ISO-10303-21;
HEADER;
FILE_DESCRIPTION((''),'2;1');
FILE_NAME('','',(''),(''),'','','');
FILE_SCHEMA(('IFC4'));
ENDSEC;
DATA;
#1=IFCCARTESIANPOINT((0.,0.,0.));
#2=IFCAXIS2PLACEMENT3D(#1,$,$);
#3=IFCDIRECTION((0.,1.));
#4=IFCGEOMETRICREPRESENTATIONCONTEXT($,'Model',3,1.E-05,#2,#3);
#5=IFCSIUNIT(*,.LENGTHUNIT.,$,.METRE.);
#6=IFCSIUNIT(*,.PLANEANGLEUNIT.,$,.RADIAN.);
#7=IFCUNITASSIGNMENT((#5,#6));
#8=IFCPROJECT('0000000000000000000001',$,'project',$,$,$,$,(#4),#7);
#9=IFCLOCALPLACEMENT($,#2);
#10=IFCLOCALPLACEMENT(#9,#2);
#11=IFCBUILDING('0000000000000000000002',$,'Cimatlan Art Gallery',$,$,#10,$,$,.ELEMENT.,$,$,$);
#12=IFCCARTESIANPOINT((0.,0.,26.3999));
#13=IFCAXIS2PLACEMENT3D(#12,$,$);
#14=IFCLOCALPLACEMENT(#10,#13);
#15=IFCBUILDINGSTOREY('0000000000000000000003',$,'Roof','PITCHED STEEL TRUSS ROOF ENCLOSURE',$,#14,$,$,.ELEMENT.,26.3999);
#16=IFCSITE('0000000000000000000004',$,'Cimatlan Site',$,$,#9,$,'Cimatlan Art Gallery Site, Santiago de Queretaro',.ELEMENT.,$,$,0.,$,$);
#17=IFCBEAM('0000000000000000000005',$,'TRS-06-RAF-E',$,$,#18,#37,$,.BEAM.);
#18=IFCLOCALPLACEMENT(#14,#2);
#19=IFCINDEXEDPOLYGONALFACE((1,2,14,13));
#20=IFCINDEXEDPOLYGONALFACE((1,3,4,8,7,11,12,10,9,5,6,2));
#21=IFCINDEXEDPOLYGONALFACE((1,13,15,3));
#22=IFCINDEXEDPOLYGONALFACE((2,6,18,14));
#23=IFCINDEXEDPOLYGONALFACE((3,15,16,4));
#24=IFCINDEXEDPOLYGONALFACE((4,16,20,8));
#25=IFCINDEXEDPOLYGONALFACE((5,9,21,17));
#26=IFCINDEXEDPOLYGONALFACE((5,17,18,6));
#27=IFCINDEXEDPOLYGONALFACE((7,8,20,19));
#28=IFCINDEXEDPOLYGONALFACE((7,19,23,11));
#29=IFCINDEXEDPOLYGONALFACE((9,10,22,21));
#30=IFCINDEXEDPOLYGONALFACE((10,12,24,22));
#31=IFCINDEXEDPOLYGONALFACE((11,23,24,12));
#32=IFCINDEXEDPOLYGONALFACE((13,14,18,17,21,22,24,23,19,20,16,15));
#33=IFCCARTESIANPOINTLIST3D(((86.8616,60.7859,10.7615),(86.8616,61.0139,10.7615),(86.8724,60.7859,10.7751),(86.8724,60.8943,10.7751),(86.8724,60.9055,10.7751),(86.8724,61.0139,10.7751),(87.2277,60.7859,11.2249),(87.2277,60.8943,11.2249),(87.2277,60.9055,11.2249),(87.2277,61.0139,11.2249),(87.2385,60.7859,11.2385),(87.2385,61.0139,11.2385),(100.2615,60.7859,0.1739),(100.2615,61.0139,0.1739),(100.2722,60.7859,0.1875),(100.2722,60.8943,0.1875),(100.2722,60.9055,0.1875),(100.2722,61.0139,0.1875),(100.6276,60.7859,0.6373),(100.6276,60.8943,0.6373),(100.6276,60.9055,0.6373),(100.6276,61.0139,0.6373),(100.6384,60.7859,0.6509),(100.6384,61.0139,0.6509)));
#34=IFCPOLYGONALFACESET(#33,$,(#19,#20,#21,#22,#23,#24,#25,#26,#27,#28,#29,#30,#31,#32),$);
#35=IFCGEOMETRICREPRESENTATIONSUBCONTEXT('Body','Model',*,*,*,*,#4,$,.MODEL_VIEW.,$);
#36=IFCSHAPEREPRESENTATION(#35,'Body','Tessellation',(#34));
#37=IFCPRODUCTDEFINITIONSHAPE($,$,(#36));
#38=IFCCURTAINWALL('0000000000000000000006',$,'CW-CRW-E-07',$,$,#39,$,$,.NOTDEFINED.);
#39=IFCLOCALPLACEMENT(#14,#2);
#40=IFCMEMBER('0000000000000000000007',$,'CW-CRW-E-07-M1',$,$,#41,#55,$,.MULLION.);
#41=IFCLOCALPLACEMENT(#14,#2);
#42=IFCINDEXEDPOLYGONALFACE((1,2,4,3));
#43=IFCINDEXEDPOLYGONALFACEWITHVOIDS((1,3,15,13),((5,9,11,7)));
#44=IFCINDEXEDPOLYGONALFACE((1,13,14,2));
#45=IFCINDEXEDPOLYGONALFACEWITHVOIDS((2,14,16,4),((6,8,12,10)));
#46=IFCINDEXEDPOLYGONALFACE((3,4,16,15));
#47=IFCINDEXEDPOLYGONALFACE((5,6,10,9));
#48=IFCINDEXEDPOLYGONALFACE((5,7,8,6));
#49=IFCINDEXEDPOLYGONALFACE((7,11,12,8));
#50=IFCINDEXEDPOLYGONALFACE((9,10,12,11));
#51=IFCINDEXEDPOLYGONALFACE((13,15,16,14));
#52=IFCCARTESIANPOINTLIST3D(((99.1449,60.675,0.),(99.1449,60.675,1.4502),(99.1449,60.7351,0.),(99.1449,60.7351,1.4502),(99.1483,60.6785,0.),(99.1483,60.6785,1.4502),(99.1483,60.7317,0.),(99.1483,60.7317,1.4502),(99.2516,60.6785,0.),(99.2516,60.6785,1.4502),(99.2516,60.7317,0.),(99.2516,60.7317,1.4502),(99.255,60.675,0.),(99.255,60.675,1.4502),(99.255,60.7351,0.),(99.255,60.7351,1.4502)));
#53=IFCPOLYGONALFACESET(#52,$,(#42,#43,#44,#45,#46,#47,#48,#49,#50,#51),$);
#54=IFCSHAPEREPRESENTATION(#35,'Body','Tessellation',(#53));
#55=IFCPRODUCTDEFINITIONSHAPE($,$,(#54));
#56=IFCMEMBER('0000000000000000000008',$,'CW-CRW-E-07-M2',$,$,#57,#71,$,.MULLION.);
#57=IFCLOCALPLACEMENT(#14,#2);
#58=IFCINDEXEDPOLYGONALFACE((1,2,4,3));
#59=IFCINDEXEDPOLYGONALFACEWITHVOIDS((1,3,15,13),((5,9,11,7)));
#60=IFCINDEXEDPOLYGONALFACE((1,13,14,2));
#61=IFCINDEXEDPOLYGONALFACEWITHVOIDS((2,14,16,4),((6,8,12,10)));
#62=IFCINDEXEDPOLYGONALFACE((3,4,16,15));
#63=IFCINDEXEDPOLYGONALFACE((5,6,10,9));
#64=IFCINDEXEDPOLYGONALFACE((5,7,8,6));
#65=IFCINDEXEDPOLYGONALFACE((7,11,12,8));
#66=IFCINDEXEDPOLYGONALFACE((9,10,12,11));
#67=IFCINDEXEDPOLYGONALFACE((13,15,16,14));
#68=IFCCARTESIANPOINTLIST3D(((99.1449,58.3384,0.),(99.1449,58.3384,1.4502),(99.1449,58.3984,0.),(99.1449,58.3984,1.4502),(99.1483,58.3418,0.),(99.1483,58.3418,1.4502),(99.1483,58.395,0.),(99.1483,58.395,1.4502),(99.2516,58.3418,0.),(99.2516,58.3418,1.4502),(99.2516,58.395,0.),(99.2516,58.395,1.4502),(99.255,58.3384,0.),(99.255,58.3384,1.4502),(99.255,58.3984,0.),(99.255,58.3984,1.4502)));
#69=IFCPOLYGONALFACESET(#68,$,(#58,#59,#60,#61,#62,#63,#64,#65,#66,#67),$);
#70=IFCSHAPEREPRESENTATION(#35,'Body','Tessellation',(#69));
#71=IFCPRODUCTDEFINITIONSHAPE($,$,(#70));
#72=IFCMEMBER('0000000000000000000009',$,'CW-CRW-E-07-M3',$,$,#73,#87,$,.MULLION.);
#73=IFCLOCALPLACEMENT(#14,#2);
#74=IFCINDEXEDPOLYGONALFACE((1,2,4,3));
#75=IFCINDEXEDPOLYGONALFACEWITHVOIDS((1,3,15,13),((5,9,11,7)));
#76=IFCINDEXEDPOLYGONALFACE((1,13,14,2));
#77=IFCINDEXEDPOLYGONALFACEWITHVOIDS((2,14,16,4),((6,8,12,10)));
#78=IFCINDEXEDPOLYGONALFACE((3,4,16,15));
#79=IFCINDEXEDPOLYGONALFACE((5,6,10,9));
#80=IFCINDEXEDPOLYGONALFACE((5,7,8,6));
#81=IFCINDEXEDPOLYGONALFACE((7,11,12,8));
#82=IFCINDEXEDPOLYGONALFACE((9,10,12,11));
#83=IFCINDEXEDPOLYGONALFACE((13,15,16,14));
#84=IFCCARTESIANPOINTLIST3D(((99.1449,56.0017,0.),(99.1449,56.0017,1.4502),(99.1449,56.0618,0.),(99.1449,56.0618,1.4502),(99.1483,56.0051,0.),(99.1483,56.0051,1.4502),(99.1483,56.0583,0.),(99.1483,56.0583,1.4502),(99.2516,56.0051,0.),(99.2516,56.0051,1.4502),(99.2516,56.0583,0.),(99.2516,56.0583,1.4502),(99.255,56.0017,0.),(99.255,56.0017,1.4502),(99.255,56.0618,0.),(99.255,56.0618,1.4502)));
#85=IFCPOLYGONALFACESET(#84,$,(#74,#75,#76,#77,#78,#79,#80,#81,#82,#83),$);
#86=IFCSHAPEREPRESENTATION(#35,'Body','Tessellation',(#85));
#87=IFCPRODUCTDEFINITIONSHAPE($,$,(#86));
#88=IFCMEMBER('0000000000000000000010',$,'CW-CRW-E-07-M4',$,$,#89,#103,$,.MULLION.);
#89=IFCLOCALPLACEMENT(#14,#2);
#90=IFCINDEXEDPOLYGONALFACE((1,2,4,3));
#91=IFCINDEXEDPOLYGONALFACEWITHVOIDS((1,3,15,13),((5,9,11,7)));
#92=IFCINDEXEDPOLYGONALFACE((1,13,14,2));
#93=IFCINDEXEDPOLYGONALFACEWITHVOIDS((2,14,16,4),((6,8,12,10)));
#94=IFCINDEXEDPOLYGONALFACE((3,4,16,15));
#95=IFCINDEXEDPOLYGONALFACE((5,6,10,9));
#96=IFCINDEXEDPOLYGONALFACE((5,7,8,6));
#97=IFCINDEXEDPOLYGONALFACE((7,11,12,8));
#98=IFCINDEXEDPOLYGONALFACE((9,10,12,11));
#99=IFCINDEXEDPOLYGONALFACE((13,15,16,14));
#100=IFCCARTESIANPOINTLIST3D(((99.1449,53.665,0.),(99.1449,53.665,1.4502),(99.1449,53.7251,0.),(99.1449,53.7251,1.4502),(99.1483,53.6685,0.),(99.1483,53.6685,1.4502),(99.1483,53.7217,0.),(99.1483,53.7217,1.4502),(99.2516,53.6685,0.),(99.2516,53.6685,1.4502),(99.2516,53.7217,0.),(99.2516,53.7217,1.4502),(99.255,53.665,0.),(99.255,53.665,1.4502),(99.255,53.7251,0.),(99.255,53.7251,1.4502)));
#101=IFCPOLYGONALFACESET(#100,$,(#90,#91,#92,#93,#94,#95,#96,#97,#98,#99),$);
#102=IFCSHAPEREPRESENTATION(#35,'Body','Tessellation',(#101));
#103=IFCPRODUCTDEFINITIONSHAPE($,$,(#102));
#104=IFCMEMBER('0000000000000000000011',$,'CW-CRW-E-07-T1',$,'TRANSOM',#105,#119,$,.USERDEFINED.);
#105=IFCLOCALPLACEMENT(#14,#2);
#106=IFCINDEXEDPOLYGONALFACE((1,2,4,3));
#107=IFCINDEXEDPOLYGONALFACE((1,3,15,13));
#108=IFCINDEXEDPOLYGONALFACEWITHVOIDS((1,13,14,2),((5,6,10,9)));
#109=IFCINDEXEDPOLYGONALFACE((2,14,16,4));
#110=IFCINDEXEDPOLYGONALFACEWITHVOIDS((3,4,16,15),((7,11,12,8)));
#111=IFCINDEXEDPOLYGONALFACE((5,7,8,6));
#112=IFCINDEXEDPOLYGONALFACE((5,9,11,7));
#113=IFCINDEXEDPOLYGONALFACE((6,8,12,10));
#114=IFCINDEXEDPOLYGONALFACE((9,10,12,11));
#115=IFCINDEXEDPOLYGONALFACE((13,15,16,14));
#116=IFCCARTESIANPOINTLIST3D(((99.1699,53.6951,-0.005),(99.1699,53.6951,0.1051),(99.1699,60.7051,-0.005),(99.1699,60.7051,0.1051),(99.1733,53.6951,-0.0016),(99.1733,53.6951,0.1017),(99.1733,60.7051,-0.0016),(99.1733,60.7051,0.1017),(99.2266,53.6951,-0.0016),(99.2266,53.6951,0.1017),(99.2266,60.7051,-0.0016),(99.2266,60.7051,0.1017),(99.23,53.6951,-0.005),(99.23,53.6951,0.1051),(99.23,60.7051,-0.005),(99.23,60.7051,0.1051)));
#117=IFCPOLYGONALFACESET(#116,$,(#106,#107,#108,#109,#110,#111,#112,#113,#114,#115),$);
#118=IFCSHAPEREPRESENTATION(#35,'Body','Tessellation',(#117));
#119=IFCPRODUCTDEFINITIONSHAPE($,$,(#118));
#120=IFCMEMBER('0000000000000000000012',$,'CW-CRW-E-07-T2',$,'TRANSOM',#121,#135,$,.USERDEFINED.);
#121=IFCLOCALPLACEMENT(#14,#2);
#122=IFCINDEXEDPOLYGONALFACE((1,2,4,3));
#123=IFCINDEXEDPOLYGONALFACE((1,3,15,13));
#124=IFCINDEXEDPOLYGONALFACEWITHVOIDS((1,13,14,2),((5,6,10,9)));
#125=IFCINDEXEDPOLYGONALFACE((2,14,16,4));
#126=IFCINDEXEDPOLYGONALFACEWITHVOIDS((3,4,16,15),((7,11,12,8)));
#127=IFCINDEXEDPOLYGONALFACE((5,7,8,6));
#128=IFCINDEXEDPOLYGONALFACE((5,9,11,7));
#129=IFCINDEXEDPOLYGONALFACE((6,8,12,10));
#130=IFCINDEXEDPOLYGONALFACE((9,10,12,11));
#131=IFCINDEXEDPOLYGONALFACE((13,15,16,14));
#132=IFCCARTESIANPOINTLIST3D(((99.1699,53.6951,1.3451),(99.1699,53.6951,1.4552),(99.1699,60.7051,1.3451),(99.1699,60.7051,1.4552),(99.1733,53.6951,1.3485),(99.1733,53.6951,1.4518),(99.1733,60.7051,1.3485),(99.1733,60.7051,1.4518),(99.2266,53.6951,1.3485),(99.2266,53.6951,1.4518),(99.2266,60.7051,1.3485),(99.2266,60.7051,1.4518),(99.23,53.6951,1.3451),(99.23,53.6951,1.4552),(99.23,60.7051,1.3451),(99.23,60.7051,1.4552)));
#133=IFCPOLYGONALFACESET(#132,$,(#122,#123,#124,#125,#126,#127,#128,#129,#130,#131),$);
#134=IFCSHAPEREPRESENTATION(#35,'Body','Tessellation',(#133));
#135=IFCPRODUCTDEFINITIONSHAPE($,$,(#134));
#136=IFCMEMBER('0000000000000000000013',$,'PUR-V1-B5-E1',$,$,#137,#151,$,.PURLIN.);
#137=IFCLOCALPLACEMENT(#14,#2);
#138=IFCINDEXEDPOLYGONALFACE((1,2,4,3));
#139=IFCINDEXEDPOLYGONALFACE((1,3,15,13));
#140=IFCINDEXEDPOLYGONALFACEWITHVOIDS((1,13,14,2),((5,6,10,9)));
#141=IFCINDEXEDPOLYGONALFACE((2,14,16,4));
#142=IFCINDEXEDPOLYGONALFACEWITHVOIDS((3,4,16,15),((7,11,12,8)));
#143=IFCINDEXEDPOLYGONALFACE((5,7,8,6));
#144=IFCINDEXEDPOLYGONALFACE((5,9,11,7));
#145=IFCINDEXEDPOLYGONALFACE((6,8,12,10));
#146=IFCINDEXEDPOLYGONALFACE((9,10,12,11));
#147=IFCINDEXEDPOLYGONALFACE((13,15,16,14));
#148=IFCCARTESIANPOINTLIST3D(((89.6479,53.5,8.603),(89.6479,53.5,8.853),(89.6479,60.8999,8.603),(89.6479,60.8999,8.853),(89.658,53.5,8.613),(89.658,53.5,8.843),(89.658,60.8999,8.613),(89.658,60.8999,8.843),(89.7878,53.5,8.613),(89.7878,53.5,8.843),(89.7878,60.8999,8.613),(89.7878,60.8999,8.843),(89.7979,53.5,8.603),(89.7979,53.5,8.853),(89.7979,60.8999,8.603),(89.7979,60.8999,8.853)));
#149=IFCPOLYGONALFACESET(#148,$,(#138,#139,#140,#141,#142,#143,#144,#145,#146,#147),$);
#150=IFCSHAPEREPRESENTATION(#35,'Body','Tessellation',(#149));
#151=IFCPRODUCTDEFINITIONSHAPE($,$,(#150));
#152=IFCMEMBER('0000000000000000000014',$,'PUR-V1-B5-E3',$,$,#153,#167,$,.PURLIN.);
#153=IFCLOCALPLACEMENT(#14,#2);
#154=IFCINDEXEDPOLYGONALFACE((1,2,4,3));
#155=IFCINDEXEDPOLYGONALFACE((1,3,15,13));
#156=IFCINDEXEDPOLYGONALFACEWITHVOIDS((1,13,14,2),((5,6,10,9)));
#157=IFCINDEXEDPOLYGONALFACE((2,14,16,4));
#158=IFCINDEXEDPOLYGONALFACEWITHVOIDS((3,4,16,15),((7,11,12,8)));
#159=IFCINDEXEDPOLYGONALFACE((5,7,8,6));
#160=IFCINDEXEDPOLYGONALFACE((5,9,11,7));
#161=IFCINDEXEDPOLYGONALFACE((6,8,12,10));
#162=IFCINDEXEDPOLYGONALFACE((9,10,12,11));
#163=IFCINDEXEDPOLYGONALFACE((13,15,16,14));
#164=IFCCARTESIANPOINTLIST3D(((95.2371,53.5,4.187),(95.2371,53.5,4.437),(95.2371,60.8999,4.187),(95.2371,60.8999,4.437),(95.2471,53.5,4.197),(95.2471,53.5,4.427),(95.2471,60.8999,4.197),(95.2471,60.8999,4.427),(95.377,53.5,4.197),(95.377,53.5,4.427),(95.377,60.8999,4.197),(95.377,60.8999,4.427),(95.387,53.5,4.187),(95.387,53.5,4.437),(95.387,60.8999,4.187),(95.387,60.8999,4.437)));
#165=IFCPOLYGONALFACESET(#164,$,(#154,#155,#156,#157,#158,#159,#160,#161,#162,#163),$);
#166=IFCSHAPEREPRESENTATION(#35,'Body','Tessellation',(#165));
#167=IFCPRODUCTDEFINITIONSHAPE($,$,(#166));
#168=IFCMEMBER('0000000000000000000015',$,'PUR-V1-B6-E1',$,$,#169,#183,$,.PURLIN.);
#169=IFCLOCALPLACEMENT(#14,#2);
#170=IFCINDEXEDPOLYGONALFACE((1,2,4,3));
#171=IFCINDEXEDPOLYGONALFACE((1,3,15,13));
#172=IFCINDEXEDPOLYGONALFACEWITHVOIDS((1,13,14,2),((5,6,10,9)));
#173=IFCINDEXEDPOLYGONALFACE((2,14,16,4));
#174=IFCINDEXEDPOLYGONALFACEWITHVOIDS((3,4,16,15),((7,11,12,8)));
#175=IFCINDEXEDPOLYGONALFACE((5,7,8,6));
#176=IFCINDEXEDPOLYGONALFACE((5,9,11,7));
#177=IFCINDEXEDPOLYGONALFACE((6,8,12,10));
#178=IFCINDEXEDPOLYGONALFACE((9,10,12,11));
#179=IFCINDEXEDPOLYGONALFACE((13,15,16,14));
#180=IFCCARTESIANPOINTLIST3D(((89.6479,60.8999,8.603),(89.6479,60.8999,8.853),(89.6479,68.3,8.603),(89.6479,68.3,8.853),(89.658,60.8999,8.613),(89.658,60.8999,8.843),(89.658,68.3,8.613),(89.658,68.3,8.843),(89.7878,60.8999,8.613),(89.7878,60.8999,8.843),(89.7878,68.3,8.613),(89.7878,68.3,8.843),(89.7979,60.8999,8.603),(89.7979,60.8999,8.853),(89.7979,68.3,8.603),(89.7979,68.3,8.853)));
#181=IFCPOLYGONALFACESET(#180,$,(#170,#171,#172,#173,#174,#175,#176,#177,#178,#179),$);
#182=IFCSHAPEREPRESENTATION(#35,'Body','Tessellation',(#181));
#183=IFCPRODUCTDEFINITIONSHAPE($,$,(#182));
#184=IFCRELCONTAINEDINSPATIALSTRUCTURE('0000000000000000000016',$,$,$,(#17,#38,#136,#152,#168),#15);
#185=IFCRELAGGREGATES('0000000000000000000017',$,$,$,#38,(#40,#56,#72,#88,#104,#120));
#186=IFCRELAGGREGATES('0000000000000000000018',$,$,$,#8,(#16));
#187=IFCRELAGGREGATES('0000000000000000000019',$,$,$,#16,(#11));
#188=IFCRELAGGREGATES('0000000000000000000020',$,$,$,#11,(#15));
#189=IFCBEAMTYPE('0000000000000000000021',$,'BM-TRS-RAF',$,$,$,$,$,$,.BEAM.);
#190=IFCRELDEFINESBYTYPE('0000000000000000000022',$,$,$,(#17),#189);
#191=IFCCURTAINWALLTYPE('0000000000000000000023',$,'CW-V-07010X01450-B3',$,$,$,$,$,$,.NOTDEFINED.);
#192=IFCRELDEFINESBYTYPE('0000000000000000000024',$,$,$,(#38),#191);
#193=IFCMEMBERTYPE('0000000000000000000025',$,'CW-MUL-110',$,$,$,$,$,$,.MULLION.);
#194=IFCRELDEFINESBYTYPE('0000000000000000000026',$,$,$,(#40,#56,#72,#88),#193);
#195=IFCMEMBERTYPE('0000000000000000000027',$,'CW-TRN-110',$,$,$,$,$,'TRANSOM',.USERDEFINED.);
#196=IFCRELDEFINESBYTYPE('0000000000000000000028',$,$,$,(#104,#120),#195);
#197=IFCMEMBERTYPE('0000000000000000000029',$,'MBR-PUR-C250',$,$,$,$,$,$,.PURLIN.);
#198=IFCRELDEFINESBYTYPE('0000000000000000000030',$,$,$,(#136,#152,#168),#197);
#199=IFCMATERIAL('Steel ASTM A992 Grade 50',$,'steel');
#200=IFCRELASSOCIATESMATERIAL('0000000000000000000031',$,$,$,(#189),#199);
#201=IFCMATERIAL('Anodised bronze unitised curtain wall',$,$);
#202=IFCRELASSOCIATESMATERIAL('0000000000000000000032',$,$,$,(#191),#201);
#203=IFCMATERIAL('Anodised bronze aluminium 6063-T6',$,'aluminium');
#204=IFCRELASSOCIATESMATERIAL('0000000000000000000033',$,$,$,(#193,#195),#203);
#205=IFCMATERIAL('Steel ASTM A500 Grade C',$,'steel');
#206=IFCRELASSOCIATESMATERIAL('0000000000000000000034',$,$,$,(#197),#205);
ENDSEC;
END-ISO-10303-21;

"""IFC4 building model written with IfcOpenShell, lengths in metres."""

from ifc_helpers import new_model, si_unit, direction, frame, origin, origin_2d, place, context, subcontext, project, spatial, hollow_rectangle, i_section, extrude, material, material_profile, profile_set, type_object, element, aggregate, save


model = new_model("IFC4")

# Units and contexts
model_context = context("Model", 3, precision=1e-05, world=origin(), true_north=direction((0.0, 1.0)))
body_context = subcontext(model_context, "Body", "Model", "MODEL_VIEW")
ifc_project = project(units=[si_unit("LENGTHUNIT", "METRE"), si_unit("PLANEANGLEUNIT", "RADIAN")], contexts=[model_context])

# Site, building, storey
site_placement = place(None, origin())
site = spatial("IfcSite", under=ifc_project, at=site_placement, Name="Cimatlan Site", LongName="Cimatlan Art Gallery Site, Santiago de Queretaro", CompositionType="ELEMENT", RefElevation=0.0)
building_placement = place(site_placement, origin())
building = spatial("IfcBuilding", under=site, at=building_placement, Name="Cimatlan Art Gallery", CompositionType="ELEMENT")
storey_placement = place(building_placement, frame((0.0, 0.0, 26.3999)))
storey = spatial("IfcBuildingStorey", under=building, at=storey_placement, Name="Roof", Description="PITCHED STEEL TRUSS ROOF ENCLOSURE", CompositionType="ELEMENT", Elevation=26.3999)

# Beam
ifc_material_1 = material(Name="Steel ASTM A992 Grade 50", Category="steel")
ifc_material_profile_1 = material_profile(ifc_material_1, i_section(OverallWidth=0.228, OverallDepth=0.6079, WebThickness=0.0112, FlangeThickness=0.0173, at=origin_2d()), Name="W24X76")
ifc_profile_set_1 = profile_set([ifc_material_profile_1], Name="Steel ASTM A992 Grade 50")
beam_type = type_object("IfcBeamType", Name="BM-TRS-RAF", PredefinedType="BEAM", material=ifc_profile_set_1)
beam_placement = place(storey_placement, frame((87.05, 60.8999, 11.0), z_axis=(0.784633, 0.0, -0.619961), x_axis=(0.0, 1.0, 0.0)))
element("IfcBeam", 1, at=beam_placement, inside=storey, type_object=beam_type, Name="TRS-06-RAF-E", PredefinedType="BEAM", context=body_context, shape_type="SweptSolid", body=[
    extrude(i_section(OverallWidth=0.228, OverallDepth=0.6079, WebThickness=0.0112, FlangeThickness=0.0173, at=origin_2d()), origin(), (0.0, 0.0, 1.0), 17.0779),
])

# Curtain wall, members
ifc_material_2 = material(Name="Anodised bronze unitised curtain wall")
curtain_wall_type = type_object("IfcCurtainWallType", Name="CW-V-07010X01450-B3", PredefinedType="NOTDEFINED", material=ifc_material_2)
curtain_wall_placement = place(storey_placement, origin())
curtain_wall = element("IfcCurtainWall", 2, at=curtain_wall_placement, inside=storey, type_object=curtain_wall_type, Name="CW-CRW-E-07", PredefinedType="NOTDEFINED")
ifc_material_3 = material(Name="Anodised bronze aluminium 6063-T6", Category="aluminium")
ifc_material_profile_2 = material_profile(ifc_material_3, hollow_rectangle(XDim=0.0601, YDim=0.1101, WallThickness=0.0034, at=origin_2d()), Name="ALU60X110X3")
ifc_profile_set_2 = profile_set([ifc_material_profile_2], Name="Anodised bronze aluminium 6063-T6")
member_type_1 = type_object("IfcMemberType", Name="CW-MUL-110", PredefinedType="MULLION", material=ifc_profile_set_2)
member_1_placement = place(storey_placement, frame((99.2, 60.7051, 0.0), z_axis=(0.0, 0.0, 1.0), x_axis=(0.0, 1.0, 0.0)))
member_1 = element("IfcMember", 3, at=member_1_placement, type_object=member_type_1, Name="CW-CRW-E-07-M1", PredefinedType="MULLION", context=body_context, shape_type="SweptSolid", body=[
    extrude(hollow_rectangle(XDim=0.0601, YDim=0.1101, WallThickness=0.0034, at=origin_2d()), origin(), (0.0, 0.0, 1.0), 1.4502),
])
member_2_placement = place(storey_placement, frame((99.2, 58.3684, 0.0), z_axis=(0.0, 0.0, 1.0), x_axis=(0.0, 1.0, 0.0)))
member_2 = element("IfcMember", 4, at=member_2_placement, type_object=member_type_1, Name="CW-CRW-E-07-M2", PredefinedType="MULLION", context=body_context, shape_type="SweptSolid", body=[
    extrude(hollow_rectangle(XDim=0.0601, YDim=0.1101, WallThickness=0.0034, at=origin_2d()), origin(), (0.0, 0.0, 1.0), 1.4502),
])
member_3_placement = place(storey_placement, frame((99.2, 56.0317, 0.0), z_axis=(0.0, 0.0, 1.0), x_axis=(0.0, 1.0, 0.0)))
member_3 = element("IfcMember", 5, at=member_3_placement, type_object=member_type_1, Name="CW-CRW-E-07-M3", PredefinedType="MULLION", context=body_context, shape_type="SweptSolid", body=[
    extrude(hollow_rectangle(XDim=0.0601, YDim=0.1101, WallThickness=0.0034, at=origin_2d()), origin(), (0.0, 0.0, 1.0), 1.4502),
])
member_4_placement = place(storey_placement, frame((99.2, 53.6951, 0.0), z_axis=(0.0, 0.0, 1.0), x_axis=(0.0, 1.0, 0.0)))
member_4 = element("IfcMember", 6, at=member_4_placement, type_object=member_type_1, Name="CW-CRW-E-07-M4", PredefinedType="MULLION", context=body_context, shape_type="SweptSolid", body=[
    extrude(hollow_rectangle(XDim=0.0601, YDim=0.1101, WallThickness=0.0034, at=origin_2d()), origin(), (0.0, 0.0, 1.0), 1.4502),
])
ifc_material_profile_3 = material_profile(ifc_material_3, hollow_rectangle(XDim=0.0601, YDim=0.1101, WallThickness=0.0034, at=origin_2d()), Name="ALU60X110X3")
ifc_profile_set_3 = profile_set([ifc_material_profile_3], Name="Anodised bronze aluminium 6063-T6")
member_type_2 = type_object("IfcMemberType", Name="CW-TRN-110", ElementType="TRANSOM", PredefinedType="USERDEFINED", material=ifc_profile_set_3)
member_5_placement = place(storey_placement, frame((99.2, 60.7051, 0.05), z_axis=(0.0, -1.0, 0.0), x_axis=(1.0, 0.0, 0.0)))
member_5 = element("IfcMember", 7, at=member_5_placement, type_object=member_type_2, Name="CW-CRW-E-07-T1", ObjectType="TRANSOM", PredefinedType="USERDEFINED", context=body_context, shape_type="SweptSolid", body=[
    extrude(hollow_rectangle(XDim=0.0601, YDim=0.1101, WallThickness=0.0034, at=origin_2d()), origin(), (0.0, 0.0, 1.0), 7.01),
])
member_6_placement = place(storey_placement, frame((99.2, 60.7051, 1.4001), z_axis=(0.0, -1.0, 0.0), x_axis=(1.0, 0.0, 0.0)))
member_6 = element("IfcMember", 8, at=member_6_placement, type_object=member_type_2, Name="CW-CRW-E-07-T2", ObjectType="TRANSOM", PredefinedType="USERDEFINED", context=body_context, shape_type="SweptSolid", body=[
    extrude(hollow_rectangle(XDim=0.0601, YDim=0.1101, WallThickness=0.0034, at=origin_2d()), origin(), (0.0, 0.0, 1.0), 7.01),
])

# Members
ifc_material_4 = material(Name="Steel ASTM A500 Grade C", Category="steel")
ifc_material_profile_4 = material_profile(ifc_material_4, hollow_rectangle(XDim=0.1499, YDim=0.25, WallThickness=0.01, at=origin_2d()), Name="HSS250X150X10")
ifc_profile_set_4 = profile_set([ifc_material_profile_4], Name="Steel ASTM A500 Grade C")
member_type_3 = type_object("IfcMemberType", Name="MBR-PUR-C250", PredefinedType="PURLIN", material=ifc_profile_set_4)
for number, where, z_axis, x_axis, name in (
    (9, (89.7229, 53.5, 8.728), (0.0, 1.0, 0.0), (-1.0, 0.0, 0.0), "PUR-V1-B5-E1"),
    (10, (95.312, 53.5, 4.312), (0.0, 1.0, 0.0), (-1.0, 0.0, 0.0), "PUR-V1-B5-E3"),
):
    element("IfcMember", number, at=place(storey_placement, frame(where, z_axis=z_axis, x_axis=x_axis)), inside=storey, type_object=member_type_3, Name=name, PredefinedType="PURLIN", context=body_context, shape_type="SweptSolid", body=[
        extrude(hollow_rectangle(XDim=0.1499, YDim=0.25, WallThickness=0.01, at=origin_2d()), origin(), (0.0, 0.0, 1.0), 7.3999),
    ])
member_7_placement = place(storey_placement, frame((89.7229, 60.8999, 8.728), z_axis=(0.0, 1.0, 0.0), x_axis=(-1.0, 0.0, 0.0)))
element("IfcMember", 11, at=member_7_placement, inside=storey, type_object=member_type_3, Name="PUR-V1-B6-E1", PredefinedType="PURLIN", context=body_context, shape_type="SweptSolid", body=[
    extrude(hollow_rectangle(XDim=0.1499, YDim=0.25, WallThickness=0.01, at=origin_2d()), origin(), (0.0, 0.0, 1.0), 7.4001),
])

aggregate(curtain_wall, [member_1, member_2, member_3, member_4, member_5, member_6])

save(model, "model.ifc")
